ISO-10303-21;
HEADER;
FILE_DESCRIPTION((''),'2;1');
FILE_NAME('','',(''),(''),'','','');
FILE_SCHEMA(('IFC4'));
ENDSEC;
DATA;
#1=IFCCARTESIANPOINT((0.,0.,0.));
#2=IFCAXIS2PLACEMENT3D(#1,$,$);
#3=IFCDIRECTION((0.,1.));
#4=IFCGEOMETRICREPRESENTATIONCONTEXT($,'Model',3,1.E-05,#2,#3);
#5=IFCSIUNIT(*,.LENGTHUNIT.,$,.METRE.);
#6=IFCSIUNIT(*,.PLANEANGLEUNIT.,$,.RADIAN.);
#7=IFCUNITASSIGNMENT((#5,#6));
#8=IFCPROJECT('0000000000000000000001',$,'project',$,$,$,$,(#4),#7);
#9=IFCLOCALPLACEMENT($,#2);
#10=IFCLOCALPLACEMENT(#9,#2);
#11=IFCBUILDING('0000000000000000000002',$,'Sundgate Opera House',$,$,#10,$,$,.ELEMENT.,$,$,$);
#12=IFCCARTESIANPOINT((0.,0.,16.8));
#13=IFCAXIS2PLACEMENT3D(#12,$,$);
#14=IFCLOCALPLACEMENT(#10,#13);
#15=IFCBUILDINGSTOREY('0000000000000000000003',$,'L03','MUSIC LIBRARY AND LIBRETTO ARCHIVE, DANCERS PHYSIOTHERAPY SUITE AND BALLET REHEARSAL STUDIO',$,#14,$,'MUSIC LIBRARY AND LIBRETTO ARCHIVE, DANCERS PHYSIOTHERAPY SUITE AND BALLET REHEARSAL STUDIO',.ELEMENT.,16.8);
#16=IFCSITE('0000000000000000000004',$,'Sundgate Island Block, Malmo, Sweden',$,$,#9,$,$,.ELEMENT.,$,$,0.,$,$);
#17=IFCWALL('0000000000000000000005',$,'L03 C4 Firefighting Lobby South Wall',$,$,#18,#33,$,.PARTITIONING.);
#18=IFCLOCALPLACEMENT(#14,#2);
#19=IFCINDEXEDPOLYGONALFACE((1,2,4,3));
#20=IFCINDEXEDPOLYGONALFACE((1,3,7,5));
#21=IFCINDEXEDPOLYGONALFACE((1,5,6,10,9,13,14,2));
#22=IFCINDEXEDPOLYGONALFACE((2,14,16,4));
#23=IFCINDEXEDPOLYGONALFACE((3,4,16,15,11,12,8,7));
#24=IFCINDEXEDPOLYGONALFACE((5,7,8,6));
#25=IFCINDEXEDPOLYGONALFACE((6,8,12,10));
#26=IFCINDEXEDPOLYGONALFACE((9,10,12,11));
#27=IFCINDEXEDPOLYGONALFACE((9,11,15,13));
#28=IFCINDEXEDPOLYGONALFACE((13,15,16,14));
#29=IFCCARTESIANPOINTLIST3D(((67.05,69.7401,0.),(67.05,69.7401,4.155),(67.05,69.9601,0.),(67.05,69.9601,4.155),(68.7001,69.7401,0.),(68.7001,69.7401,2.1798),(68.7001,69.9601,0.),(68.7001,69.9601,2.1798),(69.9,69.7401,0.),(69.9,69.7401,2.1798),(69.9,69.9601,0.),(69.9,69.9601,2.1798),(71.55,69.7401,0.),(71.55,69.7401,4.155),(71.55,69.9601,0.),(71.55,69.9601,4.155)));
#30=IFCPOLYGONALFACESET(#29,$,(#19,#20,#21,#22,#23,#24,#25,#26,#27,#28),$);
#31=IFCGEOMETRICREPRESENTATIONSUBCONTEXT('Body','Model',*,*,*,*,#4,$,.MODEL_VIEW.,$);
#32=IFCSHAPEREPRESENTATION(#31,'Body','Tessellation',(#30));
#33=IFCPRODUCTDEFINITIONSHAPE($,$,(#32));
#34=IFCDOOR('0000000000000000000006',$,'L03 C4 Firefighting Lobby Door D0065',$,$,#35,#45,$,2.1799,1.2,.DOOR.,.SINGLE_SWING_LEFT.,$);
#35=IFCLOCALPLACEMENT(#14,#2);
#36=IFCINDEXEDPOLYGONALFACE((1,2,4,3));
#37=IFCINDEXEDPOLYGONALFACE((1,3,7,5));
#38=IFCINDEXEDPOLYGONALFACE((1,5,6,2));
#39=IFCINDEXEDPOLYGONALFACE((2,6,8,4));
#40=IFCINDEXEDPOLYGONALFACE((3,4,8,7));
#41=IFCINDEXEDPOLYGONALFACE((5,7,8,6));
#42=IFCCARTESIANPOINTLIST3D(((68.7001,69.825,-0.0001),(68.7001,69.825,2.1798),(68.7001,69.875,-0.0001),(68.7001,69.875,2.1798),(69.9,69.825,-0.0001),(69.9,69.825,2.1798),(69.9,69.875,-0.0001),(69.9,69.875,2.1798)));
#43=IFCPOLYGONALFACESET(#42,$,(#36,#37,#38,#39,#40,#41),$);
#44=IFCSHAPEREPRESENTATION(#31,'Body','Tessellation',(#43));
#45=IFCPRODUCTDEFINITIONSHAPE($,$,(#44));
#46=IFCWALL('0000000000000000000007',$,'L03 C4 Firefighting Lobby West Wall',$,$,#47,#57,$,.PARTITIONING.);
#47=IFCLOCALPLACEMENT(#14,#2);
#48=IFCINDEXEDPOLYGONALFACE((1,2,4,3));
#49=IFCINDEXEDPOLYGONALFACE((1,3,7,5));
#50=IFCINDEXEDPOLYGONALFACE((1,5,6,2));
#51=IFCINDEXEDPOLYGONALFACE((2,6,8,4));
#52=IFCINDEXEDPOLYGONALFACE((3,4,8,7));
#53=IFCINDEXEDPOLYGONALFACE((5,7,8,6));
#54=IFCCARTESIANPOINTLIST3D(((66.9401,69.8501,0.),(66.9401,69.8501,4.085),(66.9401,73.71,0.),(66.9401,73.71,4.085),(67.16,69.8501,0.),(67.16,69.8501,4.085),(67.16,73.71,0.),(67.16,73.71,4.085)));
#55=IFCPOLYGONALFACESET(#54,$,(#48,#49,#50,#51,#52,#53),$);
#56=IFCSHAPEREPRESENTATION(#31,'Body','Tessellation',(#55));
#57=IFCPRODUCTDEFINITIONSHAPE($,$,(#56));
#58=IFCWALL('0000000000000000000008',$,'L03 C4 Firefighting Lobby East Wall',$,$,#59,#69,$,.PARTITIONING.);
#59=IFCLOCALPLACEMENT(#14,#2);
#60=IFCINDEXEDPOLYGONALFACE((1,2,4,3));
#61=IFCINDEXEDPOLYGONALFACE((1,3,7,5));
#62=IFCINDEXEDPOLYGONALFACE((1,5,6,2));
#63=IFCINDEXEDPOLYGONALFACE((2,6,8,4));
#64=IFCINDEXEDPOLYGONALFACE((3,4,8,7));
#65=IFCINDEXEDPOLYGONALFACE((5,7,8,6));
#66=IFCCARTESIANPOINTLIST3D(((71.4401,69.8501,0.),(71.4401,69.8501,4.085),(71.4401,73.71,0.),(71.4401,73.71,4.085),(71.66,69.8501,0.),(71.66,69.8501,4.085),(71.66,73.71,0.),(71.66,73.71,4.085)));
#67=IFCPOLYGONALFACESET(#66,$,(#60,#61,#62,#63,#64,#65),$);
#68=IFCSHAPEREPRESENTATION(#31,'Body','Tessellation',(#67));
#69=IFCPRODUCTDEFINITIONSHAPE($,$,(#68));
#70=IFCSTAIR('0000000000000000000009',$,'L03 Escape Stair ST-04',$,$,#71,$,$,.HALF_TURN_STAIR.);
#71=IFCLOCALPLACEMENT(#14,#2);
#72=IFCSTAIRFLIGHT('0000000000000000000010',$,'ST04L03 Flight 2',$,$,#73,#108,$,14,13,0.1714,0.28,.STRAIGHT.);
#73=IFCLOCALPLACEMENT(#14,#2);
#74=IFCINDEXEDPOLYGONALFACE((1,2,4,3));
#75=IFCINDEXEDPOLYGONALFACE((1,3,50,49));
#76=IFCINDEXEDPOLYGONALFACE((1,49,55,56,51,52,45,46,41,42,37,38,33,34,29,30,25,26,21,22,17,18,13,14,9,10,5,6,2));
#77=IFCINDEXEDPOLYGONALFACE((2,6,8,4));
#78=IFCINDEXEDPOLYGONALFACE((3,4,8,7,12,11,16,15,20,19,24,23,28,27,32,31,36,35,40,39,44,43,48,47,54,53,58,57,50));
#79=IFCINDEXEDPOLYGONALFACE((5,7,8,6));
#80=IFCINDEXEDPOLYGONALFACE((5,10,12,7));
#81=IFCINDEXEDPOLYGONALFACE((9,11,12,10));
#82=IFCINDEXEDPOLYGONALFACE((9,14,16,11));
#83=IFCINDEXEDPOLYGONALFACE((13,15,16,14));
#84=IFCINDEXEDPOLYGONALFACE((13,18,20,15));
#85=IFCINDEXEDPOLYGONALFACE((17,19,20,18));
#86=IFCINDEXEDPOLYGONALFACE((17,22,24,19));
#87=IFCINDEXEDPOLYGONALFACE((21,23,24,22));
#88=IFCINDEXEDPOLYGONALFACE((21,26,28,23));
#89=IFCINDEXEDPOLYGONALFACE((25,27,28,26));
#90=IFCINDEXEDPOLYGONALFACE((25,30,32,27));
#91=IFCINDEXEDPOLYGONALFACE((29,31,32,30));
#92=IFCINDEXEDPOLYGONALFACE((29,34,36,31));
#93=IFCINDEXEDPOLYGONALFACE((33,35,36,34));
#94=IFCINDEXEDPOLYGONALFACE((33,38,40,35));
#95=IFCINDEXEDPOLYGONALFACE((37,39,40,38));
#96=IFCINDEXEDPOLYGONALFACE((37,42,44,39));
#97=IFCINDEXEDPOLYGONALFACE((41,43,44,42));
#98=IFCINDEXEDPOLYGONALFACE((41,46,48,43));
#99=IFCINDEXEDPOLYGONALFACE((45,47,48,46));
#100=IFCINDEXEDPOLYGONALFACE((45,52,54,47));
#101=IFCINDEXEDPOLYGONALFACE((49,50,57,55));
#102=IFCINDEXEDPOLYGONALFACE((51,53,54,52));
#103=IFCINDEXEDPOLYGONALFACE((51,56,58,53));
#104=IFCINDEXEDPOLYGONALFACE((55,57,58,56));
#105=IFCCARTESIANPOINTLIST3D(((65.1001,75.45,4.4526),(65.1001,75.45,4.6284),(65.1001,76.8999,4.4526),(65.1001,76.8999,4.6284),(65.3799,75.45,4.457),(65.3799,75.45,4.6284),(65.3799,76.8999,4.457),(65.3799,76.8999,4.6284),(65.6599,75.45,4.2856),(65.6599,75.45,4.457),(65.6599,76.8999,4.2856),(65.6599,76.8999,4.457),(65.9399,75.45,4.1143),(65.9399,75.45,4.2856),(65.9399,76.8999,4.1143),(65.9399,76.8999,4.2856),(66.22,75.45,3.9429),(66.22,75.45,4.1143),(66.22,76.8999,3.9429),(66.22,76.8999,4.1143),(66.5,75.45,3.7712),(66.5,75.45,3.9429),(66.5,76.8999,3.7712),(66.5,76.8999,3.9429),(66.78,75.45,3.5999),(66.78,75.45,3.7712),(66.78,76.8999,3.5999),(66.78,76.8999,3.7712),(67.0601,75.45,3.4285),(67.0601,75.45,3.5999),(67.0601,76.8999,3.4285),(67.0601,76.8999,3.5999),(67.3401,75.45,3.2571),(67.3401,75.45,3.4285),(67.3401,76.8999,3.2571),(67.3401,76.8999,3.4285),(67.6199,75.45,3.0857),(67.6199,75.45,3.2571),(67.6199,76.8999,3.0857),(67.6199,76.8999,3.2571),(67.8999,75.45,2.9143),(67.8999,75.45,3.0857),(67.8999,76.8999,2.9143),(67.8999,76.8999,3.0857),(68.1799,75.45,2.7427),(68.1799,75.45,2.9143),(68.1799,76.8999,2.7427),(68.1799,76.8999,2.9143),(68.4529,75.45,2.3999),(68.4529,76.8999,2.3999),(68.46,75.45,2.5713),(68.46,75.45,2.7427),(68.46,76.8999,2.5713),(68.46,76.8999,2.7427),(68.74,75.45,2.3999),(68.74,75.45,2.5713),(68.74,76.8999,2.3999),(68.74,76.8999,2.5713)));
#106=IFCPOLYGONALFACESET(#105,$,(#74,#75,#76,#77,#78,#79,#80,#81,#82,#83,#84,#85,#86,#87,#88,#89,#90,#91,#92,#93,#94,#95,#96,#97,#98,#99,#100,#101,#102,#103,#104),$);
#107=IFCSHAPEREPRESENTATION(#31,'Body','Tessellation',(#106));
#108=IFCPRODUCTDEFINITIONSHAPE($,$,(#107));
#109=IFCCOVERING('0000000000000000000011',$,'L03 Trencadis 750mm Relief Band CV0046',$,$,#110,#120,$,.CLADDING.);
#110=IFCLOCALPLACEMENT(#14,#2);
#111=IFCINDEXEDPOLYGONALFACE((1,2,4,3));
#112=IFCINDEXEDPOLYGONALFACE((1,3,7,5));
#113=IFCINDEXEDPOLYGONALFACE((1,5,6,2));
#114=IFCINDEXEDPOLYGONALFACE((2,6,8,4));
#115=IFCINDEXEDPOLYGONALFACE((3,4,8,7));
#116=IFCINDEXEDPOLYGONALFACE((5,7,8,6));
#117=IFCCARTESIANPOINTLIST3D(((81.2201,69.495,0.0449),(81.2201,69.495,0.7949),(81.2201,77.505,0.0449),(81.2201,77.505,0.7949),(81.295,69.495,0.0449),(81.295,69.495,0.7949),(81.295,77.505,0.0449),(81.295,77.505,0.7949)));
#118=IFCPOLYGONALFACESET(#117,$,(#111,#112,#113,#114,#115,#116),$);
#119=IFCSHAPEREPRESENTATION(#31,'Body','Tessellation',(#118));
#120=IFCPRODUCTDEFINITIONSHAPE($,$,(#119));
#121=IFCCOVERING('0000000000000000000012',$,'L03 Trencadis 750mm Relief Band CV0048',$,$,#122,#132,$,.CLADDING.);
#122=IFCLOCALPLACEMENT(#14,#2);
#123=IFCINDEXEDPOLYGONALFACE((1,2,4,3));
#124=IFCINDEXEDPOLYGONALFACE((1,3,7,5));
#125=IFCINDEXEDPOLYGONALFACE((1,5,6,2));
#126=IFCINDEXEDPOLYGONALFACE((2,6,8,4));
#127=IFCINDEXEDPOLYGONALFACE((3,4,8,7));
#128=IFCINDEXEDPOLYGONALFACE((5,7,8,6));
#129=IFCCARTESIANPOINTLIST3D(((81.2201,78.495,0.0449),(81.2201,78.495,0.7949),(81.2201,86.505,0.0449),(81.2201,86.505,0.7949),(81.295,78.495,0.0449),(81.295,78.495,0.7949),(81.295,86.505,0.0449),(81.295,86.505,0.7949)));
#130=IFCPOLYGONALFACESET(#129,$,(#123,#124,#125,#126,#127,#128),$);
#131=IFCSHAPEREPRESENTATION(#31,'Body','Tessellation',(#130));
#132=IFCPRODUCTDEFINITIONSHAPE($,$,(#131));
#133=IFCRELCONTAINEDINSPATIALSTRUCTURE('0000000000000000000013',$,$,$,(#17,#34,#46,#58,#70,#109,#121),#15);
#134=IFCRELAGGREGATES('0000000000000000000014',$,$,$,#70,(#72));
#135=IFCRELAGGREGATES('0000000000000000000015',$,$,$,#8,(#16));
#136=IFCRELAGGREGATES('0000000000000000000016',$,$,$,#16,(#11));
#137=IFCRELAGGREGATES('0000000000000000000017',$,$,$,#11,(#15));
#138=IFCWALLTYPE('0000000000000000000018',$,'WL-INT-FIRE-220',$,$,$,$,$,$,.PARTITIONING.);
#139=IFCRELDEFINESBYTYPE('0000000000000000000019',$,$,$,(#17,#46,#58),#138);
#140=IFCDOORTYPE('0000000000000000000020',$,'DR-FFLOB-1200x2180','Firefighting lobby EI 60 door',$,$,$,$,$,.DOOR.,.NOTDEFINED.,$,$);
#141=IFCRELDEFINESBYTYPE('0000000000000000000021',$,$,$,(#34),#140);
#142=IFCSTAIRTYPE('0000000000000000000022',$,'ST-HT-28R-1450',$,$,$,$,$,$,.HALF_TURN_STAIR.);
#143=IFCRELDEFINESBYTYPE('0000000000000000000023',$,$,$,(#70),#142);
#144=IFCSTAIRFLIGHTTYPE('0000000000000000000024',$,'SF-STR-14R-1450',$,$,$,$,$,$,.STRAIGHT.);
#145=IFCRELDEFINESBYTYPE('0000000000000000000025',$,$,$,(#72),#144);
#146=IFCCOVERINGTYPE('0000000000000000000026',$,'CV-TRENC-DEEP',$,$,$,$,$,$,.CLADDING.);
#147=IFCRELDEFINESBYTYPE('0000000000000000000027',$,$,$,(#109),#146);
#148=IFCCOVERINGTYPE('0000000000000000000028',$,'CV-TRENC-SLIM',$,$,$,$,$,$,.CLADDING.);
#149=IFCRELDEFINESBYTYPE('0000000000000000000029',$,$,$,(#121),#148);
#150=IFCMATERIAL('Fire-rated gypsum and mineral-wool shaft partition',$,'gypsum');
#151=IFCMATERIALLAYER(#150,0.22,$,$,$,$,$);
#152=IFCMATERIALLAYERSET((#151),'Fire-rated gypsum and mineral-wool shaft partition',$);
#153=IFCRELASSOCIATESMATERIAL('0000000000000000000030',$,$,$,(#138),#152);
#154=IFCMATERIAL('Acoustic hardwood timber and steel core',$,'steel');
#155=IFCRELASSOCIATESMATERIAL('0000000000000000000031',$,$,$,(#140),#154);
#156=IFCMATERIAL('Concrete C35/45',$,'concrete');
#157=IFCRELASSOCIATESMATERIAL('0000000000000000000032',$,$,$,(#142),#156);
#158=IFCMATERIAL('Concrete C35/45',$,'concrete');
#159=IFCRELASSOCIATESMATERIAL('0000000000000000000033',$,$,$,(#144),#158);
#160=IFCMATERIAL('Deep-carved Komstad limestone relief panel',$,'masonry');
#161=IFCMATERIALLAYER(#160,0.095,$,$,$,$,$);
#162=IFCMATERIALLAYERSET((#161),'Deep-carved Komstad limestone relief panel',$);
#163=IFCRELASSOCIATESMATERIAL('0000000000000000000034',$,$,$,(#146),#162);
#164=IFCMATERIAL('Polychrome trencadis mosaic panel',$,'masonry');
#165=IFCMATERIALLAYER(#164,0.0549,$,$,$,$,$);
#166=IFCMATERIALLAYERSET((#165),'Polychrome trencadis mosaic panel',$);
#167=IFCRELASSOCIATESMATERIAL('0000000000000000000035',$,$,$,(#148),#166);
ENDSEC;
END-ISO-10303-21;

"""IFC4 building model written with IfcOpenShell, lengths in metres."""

from ifc_helpers import new_model, si_unit, direction, frame, frame_2d, origin, origin_2d, place, context, subcontext, project, spatial, polyline, rectangle, outline, extrude, material, layer, layer_set, type_object, element, fill, aggregate, save


model = new_model("IFC4")

# Units and contexts
model_context = context("Model", 3, precision=1e-05, world=origin(), true_north=direction((0.0, 1.0)))
body_context = subcontext(model_context, "Body", "Model", "MODEL_VIEW")
ifc_project = project(units=[si_unit("LENGTHUNIT", "METRE"), si_unit("PLANEANGLEUNIT", "RADIAN")], contexts=[model_context])

# Site, building, storey
site_placement = place(None, origin())
site = spatial("IfcSite", under=ifc_project, at=site_placement, Name="Sundgate Island Block, Malmo, Sweden", CompositionType="ELEMENT", RefElevation=0.0)
building_placement = place(site_placement, origin())
building = spatial("IfcBuilding", under=site, at=building_placement, Name="Sundgate Opera House", CompositionType="ELEMENT")
storey_placement = place(building_placement, frame((0.0, 0.0, 16.8)))
storey = spatial("IfcBuildingStorey", under=building, at=storey_placement, Name="L03", Description="MUSIC LIBRARY AND LIBRETTO ARCHIVE, DANCERS PHYSIOTHERAPY SUITE AND BALLET REHEARSAL STUDIO", LongName="MUSIC LIBRARY AND LIBRETTO ARCHIVE, DANCERS PHYSIOTHERAPY SUITE AND BALLET REHEARSAL STUDIO", CompositionType="ELEMENT", Elevation=16.8)

# Wall, opening, door
ifc_material_1 = material(Name="Fire-rated gypsum and mineral-wool shaft partition", Category="gypsum")
ifc_layer_1 = layer(ifc_material_1, 0.22)
ifc_layer_set_1 = layer_set([ifc_layer_1], Name="Fire-rated gypsum and mineral-wool shaft partition")
wall_type_1 = type_object("IfcWallType", Name="WL-INT-FIRE-220", PredefinedType="PARTITIONING", material=ifc_layer_set_1)
wall_1_placement = place(storey_placement, frame((67.05, 69.8501, 0.0), z_axis=(0.0, 0.0, 1.0), x_axis=(1.0, 0.0, 0.0)))
wall_1 = element("IfcWall", 1, at=wall_1_placement, inside=storey, type_object=wall_type_1, Name="L03 C4 Firefighting Lobby South Wall", PredefinedType="PARTITIONING", context=body_context, shape_type="SweptSolid", body=[
    extrude(rectangle(XDim=4.5, YDim=0.22, at=frame_2d((2.25, 0.0))), origin(), (0.0, 0.0, 1.0), 4.155),
])
opening_1_placement = place(wall_1_placement, frame((1.6499, 0.0, 0.0)))
opening_1 = element("IfcOpeningElement", 2, at=opening_1_placement, cuts=wall_1, PredefinedType="OPENING", context=body_context, shape_type="SweptSolid", body=[
    extrude(rectangle(XDim=1.2, YDim=2.1799, at=frame_2d((0.6001, 1.0898))), frame((0.0, 0.1199, 0.0), z_axis=(0.0, -1.0, 0.0), x_axis=(1.0, 0.0, 0.0)), (0.0, 0.0, 1.0), 0.24),
])
ifc_material_2 = material(Name="Acoustic hardwood timber and steel core", Category="steel")
door_type = type_object("IfcDoorType", Name="DR-FFLOB-1200x2180", Description="Firefighting lobby EI 60 door", OperationType="NOTDEFINED", PredefinedType="DOOR", material=ifc_material_2)
door_placement = place(opening_1_placement, origin())
door = element("IfcDoor", 3, at=door_placement, inside=storey, type_object=door_type, Name="L03 C4 Firefighting Lobby Door D0065", OperationType="SINGLE_SWING_LEFT", OverallHeight=2.1799, OverallWidth=1.2, PredefinedType="DOOR", context=body_context, shape_type="SweptSolid", body=[
    extrude(rectangle(XDim=1.2, YDim=2.1799, at=frame_2d((0.6001, 1.0898))), frame((0.0, 0.0249, 0.0), z_axis=(0.0, -1.0, 0.0), x_axis=(1.0, 0.0, 0.0)), (0.0, 0.0, 1.0), 0.05),
])
fill(opening_1, door)

# Walls
for number, where, z_axis, x_axis, name in (
    (4, (67.05, 69.8501, 0.0), (0.0, 0.0, 1.0), (0.0, 1.0, 0.0), "L03 C4 Firefighting Lobby West Wall"),
    (5, (71.55, 69.8501, 0.0), (0.0, 0.0, 1.0), (0.0, 1.0, 0.0), "L03 C4 Firefighting Lobby East Wall"),
):
    element("IfcWall", number, at=place(storey_placement, frame(where, z_axis=z_axis, x_axis=x_axis)), inside=storey, type_object=wall_type_1, Name=name, PredefinedType="PARTITIONING", context=body_context, shape_type="SweptSolid", body=[
        extrude(rectangle(XDim=3.8599, YDim=0.22, at=frame_2d((1.9299, 0.0))), origin(), (0.0, 0.0, 1.0), 4.085),
    ])

# Stair, stair flight
ifc_material_3 = material(Name="Concrete C35/45", Category="concrete")
stair_type = type_object("IfcStairType", Name="ST-HT-28R-1450", PredefinedType="HALF_TURN_STAIR", material=ifc_material_3)
stair_placement = place(storey_placement, origin())
stair = element("IfcStair", 6, at=stair_placement, inside=storey, type_object=stair_type, Name="L03 Escape Stair ST-04", PredefinedType="HALF_TURN_STAIR")
ifc_material_4 = material(Name="Concrete C35/45", Category="concrete")
stair_flight_type = type_object("IfcStairFlightType", Name="SF-STR-14R-1450", PredefinedType="STRAIGHT", material=ifc_material_4)
stair_flight_placement = place(storey_placement, frame((68.74, 76.175, 2.3999), z_axis=(0.0, 0.0, 1.0), x_axis=(-1.0, 0.0, 0.0)))
stair_flight = element("IfcStairFlight", 7, at=stair_flight_placement, type_object=stair_flight_type, Name="ST04L03 Flight 2", NumberOfRisers=14, NumberOfTreads=13, PredefinedType="STRAIGHT", RiserHeight=0.1714, TreadLength=0.28, context=body_context, shape_type="SweptSolid", body=[
    extrude(outline(polyline([(0.0, 0.0), (0.0, 0.1714), (0.28, 0.1714), (0.28, 0.3428), (0.5601, 0.3428), (0.5601, 0.5144), (0.8401, 0.5144), (0.8401, 0.6858), (1.1201, 0.6858), (1.1201, 0.8572), (1.3999, 0.8572), (1.3999, 1.0286), (1.6799, 1.0286), (1.6799, 1.2), (1.96, 1.2), (1.96, 1.3713), (2.24, 1.3713), (2.24, 1.543), (2.52, 1.543), (2.52, 1.7144), (2.8, 1.7144), (2.8, 1.8857), (3.0801, 1.8857), (3.0801, 2.0571), (3.3601, 2.0571), (3.3601, 2.2285), (3.6399, 2.2285), (3.6399, 2.3999), (3.6399, 2.0527), (0.2871, 0.0), (0.0, 0.0)])), frame((0.0, 0.7251, 0.0), z_axis=(0.0, -1.0, 0.0), x_axis=(1.0, 0.0, 0.0)), (0.0, 0.0, 1.0), 1.45),
])
aggregate(stair, [stair_flight])

# Coverings
ifc_material_5 = material(Name="Deep-carved Komstad limestone relief panel", Category="masonry")
ifc_layer_2 = layer(ifc_material_5, 0.095)
ifc_layer_set_2 = layer_set([ifc_layer_2], Name="Deep-carved Komstad limestone relief panel")
covering_type_1 = type_object("IfcCoveringType", Name="CV-TRENC-DEEP", PredefinedType="CLADDING", material=ifc_layer_set_2)
covering_1_placement = place(storey_placement, frame((81.2576, 73.5, 0.0449), z_axis=(0.0, 0.0, 1.0), x_axis=(0.0, 1.0, 0.0)))
element("IfcCovering", 8, at=covering_1_placement, inside=storey, type_object=covering_type_1, Name="L03 Trencadis 750mm Relief Band CV0046", PredefinedType="CLADDING", context=body_context, shape_type="SweptSolid", body=[
    extrude(rectangle(XDim=8.01, YDim=0.075, at=origin_2d()), origin(), (0.0, 0.0, 1.0), 0.75),
])
ifc_material_6 = material(Name="Polychrome trencadis mosaic panel", Category="masonry")
ifc_layer_3 = layer(ifc_material_6, 0.0549)
ifc_layer_set_3 = layer_set([ifc_layer_3], Name="Polychrome trencadis mosaic panel")
covering_type_2 = type_object("IfcCoveringType", Name="CV-TRENC-SLIM", PredefinedType="CLADDING", material=ifc_layer_set_3)
covering_2_placement = place(storey_placement, frame((81.2576, 82.5, 0.0449), z_axis=(0.0, 0.0, 1.0), x_axis=(0.0, 1.0, 0.0)))
element("IfcCovering", 9, at=covering_2_placement, inside=storey, type_object=covering_type_2, Name="L03 Trencadis 750mm Relief Band CV0048", PredefinedType="CLADDING", context=body_context, shape_type="SweptSolid", body=[
    extrude(rectangle(XDim=8.01, YDim=0.075, at=origin_2d()), origin(), (0.0, 0.0, 1.0), 0.75),
])

save(model, "model.ifc")
